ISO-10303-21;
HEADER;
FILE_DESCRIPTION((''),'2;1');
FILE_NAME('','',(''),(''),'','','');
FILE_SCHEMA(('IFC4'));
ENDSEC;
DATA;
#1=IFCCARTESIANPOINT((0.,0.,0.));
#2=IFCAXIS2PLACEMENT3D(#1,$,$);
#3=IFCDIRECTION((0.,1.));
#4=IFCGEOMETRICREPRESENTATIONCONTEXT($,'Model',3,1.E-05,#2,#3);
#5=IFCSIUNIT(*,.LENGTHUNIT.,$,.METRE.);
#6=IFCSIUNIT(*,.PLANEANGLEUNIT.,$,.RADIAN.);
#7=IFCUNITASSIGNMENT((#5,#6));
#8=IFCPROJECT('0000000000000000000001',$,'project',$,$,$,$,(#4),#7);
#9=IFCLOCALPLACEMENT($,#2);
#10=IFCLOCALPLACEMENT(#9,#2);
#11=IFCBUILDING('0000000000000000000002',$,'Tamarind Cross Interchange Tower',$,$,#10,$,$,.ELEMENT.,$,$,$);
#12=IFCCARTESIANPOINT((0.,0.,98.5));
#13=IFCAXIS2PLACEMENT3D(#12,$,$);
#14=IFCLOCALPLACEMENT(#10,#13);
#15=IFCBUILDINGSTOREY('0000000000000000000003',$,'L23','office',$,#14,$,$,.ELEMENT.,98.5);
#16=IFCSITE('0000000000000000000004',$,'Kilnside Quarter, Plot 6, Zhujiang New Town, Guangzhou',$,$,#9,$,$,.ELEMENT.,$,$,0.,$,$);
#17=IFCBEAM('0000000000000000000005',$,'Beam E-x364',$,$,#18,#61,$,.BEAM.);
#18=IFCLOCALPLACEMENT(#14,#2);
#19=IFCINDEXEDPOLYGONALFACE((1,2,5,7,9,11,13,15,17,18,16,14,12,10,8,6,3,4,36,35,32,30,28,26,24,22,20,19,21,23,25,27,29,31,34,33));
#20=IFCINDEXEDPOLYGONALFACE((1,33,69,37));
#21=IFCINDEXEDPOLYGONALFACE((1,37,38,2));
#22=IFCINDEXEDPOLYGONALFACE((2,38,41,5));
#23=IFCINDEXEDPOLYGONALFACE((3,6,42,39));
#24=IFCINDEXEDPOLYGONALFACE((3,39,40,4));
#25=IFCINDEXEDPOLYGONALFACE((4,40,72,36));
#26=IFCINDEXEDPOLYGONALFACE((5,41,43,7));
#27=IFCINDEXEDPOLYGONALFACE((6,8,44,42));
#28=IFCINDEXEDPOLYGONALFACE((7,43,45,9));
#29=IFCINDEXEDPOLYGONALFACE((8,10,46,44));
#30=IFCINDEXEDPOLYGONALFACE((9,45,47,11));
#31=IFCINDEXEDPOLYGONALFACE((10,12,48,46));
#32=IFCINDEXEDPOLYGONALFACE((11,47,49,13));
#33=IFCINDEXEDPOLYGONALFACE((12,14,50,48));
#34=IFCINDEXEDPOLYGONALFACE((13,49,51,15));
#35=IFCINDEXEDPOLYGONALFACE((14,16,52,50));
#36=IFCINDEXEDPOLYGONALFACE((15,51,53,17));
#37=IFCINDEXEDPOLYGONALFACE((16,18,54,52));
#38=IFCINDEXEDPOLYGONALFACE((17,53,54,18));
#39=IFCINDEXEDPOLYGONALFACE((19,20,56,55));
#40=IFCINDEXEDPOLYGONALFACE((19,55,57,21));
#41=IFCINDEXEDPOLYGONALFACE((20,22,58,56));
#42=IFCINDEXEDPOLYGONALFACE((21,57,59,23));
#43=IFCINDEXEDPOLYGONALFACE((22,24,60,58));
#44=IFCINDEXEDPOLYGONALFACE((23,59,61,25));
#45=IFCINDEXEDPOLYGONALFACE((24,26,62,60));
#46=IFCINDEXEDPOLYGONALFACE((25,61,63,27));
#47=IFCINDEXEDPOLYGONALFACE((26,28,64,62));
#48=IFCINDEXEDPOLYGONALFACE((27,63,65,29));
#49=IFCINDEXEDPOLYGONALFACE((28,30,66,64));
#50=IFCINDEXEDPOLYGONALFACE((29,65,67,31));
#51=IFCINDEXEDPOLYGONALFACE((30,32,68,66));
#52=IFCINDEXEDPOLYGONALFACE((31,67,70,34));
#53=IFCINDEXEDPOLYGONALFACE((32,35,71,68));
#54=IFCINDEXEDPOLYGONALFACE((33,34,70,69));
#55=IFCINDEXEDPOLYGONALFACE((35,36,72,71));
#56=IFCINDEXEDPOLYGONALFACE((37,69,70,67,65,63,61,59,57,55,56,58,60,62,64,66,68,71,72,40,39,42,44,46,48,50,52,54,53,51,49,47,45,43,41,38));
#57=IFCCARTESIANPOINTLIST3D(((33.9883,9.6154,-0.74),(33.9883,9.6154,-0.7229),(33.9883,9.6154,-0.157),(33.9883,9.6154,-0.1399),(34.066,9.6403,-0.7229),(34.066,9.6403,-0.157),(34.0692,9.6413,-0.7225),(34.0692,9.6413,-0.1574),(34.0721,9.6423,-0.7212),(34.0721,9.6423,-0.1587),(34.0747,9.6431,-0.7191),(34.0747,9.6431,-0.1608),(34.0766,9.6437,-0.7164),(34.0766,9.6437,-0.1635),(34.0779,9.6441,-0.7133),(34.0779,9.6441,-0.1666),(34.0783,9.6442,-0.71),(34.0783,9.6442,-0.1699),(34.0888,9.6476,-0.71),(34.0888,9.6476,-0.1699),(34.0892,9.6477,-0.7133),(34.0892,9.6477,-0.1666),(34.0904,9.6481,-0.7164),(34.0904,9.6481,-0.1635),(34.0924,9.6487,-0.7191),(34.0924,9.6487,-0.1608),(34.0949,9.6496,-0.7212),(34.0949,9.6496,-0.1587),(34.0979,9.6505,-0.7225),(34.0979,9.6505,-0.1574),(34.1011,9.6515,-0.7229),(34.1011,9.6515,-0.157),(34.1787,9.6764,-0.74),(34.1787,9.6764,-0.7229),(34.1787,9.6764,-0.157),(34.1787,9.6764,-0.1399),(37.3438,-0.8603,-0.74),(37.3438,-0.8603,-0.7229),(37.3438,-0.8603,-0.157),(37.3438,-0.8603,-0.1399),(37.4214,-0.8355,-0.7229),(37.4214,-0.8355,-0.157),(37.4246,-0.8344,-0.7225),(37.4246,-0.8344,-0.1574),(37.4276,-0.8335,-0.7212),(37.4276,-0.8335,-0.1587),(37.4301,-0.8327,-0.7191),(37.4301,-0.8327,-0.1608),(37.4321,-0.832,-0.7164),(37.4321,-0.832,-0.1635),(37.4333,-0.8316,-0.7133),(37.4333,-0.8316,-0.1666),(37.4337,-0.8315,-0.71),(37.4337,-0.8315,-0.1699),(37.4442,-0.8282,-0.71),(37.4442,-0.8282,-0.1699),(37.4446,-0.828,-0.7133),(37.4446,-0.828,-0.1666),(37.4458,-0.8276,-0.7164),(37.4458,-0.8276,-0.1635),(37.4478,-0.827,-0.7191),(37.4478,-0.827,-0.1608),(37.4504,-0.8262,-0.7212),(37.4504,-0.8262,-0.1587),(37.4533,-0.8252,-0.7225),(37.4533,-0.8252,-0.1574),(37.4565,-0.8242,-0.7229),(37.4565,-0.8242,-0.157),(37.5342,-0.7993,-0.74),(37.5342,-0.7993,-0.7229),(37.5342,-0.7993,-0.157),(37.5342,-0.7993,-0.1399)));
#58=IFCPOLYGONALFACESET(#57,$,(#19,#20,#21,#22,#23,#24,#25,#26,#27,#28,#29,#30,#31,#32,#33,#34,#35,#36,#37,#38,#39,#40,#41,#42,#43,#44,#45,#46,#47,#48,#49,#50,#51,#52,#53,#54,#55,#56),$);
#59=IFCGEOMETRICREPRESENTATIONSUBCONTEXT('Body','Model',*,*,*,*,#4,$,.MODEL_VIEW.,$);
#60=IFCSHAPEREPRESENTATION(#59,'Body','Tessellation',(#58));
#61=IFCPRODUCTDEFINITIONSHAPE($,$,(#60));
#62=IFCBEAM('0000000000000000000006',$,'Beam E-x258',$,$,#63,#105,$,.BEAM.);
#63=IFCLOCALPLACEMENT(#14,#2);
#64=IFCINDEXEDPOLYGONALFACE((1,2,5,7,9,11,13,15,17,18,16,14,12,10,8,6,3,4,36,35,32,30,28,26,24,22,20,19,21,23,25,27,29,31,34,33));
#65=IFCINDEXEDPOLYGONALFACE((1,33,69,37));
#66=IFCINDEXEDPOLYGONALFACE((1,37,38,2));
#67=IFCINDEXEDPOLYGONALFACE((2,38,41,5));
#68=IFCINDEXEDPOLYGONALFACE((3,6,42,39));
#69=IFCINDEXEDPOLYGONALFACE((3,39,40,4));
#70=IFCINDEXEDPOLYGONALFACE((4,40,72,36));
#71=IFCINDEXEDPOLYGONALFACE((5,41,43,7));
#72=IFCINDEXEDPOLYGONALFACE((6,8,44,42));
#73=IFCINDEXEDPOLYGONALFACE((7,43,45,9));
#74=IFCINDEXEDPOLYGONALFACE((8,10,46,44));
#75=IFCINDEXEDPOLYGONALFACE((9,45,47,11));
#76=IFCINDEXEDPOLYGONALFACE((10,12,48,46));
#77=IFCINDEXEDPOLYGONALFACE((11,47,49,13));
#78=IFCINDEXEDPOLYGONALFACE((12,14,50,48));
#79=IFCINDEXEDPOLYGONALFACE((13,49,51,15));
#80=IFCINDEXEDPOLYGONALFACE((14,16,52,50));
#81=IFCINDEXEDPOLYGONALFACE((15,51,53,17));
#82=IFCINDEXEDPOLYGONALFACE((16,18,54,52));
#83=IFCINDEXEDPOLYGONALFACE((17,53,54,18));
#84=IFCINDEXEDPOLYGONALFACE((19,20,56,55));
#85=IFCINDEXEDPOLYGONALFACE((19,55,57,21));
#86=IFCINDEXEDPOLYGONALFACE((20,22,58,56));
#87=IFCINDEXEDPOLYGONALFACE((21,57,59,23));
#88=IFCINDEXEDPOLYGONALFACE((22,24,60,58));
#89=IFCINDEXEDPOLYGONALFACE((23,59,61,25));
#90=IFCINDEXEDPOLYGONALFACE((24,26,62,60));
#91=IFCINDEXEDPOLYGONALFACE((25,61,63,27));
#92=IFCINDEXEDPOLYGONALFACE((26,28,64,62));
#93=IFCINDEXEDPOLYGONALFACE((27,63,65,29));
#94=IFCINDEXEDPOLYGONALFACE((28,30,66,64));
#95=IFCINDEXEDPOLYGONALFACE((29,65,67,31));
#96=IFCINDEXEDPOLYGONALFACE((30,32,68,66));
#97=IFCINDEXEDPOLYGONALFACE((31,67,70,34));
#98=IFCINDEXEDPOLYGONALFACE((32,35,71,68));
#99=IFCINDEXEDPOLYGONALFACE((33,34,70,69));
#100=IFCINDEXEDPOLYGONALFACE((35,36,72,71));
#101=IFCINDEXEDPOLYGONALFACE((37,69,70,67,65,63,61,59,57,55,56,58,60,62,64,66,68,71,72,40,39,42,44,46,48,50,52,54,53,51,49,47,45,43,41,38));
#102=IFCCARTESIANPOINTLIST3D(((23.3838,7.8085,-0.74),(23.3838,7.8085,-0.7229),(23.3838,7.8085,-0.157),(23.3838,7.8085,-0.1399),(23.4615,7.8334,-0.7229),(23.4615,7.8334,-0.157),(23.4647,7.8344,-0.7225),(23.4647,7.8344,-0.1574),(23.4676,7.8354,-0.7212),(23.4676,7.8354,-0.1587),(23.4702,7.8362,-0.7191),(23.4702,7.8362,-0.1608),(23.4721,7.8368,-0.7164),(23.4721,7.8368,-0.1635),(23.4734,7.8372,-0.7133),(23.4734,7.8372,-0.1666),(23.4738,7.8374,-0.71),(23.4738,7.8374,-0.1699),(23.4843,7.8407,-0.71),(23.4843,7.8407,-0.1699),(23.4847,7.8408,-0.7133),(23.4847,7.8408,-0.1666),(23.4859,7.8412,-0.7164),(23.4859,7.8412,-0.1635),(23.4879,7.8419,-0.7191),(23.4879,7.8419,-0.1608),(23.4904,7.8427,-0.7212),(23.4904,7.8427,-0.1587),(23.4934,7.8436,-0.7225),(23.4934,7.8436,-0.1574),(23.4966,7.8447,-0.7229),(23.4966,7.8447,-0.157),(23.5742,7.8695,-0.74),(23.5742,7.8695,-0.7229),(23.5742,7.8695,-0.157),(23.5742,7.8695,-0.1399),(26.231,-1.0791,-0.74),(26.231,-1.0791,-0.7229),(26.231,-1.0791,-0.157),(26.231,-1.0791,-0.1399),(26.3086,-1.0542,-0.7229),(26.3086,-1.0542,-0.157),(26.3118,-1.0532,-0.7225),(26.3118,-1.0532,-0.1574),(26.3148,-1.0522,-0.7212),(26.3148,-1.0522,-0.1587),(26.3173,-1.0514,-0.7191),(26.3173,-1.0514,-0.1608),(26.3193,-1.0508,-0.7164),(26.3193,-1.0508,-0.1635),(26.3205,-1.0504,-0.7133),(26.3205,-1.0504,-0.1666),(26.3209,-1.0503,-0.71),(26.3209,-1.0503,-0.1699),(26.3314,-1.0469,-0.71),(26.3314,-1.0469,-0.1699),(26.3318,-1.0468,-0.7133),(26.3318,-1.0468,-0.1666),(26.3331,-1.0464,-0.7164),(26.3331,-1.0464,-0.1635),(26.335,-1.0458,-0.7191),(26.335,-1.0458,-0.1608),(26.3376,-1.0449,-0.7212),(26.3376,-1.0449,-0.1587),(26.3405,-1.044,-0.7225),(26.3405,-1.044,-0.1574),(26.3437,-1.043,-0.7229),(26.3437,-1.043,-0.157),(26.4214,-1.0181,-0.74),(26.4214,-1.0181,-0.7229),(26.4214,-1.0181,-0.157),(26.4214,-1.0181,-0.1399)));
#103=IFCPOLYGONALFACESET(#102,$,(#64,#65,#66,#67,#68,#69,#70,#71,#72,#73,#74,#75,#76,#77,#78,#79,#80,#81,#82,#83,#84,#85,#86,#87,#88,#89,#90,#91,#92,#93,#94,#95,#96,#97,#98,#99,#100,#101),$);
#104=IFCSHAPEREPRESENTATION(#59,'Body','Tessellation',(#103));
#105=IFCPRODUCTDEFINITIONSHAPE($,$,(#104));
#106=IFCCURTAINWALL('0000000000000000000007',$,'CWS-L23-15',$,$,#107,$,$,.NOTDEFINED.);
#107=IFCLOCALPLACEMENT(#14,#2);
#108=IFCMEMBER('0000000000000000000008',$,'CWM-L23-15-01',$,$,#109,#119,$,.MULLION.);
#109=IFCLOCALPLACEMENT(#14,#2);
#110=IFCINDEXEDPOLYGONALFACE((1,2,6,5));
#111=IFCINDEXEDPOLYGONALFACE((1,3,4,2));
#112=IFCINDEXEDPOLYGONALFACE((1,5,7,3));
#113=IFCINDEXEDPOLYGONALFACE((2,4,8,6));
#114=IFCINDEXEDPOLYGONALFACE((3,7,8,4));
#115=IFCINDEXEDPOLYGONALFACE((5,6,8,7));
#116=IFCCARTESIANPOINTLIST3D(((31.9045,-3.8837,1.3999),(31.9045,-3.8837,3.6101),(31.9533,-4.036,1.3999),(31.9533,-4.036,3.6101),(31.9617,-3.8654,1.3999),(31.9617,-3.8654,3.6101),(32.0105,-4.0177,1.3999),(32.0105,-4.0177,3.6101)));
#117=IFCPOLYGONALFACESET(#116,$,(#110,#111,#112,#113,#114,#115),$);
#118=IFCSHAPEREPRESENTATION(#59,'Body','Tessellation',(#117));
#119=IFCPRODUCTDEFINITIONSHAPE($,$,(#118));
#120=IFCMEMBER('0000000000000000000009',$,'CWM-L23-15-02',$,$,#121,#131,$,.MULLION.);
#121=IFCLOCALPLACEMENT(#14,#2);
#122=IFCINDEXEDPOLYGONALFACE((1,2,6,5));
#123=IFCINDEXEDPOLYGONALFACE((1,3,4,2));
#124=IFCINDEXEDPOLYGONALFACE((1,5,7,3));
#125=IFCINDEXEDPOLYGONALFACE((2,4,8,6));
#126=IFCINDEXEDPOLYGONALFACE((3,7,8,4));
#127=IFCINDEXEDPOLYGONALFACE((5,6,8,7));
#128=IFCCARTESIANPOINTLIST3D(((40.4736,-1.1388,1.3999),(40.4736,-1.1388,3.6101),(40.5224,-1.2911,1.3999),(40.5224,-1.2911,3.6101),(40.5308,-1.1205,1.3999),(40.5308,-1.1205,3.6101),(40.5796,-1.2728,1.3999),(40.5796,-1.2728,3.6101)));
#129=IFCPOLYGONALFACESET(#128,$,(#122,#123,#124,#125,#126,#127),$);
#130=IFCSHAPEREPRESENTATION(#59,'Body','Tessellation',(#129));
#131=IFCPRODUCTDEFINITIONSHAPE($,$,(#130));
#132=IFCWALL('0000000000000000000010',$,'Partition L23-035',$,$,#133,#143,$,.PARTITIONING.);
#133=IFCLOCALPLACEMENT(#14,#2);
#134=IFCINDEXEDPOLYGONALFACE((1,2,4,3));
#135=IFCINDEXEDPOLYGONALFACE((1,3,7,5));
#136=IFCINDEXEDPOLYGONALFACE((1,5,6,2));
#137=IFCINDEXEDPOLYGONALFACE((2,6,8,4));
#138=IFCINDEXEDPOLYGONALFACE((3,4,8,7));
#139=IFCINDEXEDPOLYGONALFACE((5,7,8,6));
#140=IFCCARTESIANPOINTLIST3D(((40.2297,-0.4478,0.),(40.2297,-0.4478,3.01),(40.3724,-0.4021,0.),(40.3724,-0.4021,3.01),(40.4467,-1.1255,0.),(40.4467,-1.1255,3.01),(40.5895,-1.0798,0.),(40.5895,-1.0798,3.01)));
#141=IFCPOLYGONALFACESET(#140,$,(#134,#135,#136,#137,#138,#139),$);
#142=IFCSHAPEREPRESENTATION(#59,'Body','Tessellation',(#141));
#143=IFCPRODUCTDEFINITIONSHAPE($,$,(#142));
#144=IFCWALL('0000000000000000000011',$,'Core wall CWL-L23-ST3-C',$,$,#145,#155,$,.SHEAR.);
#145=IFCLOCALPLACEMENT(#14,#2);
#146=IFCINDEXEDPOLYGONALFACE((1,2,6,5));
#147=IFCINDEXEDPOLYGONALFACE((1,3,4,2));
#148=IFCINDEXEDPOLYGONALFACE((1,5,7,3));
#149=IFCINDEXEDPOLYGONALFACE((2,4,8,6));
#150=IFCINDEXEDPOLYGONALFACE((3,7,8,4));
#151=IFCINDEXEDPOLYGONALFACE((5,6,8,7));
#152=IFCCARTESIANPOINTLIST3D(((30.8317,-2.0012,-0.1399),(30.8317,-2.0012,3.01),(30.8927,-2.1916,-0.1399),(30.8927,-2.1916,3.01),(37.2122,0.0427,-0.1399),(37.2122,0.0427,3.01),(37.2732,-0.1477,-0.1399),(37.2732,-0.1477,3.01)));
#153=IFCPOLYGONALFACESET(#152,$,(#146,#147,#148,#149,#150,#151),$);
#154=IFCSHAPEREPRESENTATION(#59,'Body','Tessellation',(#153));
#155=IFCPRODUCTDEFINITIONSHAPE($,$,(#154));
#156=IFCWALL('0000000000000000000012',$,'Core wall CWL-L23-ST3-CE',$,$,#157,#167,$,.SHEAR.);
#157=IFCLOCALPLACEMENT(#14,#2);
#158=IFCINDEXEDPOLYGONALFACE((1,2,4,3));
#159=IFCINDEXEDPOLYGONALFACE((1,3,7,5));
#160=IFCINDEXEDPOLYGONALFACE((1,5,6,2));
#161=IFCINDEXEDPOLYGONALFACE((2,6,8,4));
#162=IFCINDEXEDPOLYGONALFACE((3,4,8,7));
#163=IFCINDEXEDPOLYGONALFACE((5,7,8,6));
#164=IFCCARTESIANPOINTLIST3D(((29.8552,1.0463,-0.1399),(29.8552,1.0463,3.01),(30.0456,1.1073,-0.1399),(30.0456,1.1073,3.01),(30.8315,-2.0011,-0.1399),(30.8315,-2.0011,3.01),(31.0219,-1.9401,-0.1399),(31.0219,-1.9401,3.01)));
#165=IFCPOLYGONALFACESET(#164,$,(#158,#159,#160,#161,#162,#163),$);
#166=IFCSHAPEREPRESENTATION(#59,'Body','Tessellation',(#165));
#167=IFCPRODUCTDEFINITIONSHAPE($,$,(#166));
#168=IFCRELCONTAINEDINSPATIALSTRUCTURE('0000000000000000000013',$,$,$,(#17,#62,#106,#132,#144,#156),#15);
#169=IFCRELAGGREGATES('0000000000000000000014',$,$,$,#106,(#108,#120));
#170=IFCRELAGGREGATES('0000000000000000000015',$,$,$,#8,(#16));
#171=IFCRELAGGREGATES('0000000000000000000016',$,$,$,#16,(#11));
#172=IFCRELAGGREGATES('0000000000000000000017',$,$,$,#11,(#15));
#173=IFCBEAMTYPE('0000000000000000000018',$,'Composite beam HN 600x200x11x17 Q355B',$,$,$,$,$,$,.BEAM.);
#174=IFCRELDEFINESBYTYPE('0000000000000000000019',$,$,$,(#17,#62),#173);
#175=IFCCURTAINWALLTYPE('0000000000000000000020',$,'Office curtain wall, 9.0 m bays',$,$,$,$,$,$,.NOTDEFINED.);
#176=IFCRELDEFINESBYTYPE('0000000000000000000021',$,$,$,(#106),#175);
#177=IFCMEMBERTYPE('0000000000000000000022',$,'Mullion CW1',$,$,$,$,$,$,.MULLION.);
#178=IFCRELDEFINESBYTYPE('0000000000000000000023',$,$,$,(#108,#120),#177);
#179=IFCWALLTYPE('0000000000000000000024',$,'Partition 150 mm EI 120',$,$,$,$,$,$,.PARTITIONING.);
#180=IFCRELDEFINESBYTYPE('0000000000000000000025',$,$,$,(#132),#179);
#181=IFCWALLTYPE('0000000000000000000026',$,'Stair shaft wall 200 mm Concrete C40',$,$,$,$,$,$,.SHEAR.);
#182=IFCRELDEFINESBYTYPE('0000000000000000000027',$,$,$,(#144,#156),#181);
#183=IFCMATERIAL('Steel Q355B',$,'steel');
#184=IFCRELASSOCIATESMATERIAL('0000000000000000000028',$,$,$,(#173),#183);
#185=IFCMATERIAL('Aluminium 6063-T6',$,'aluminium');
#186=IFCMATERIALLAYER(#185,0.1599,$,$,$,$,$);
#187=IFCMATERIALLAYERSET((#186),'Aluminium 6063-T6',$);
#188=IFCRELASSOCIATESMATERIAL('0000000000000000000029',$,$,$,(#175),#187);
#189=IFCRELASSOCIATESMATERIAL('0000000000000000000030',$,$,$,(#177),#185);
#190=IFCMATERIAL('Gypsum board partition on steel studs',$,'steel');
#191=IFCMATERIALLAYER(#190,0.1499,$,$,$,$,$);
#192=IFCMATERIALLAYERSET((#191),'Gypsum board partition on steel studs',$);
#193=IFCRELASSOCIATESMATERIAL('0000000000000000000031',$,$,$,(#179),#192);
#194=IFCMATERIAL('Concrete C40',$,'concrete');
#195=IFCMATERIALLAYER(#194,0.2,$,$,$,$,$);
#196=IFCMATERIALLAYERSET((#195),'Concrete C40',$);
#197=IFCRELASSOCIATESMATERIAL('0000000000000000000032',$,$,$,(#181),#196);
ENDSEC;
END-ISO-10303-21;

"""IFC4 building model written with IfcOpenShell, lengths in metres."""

from ifc_helpers import new_model, si_unit, direction, frame, frame_2d, origin, origin_2d, place, context, subcontext, project, spatial, rectangle, i_section, extrude, material, layer, layer_set, material_profile, profile_set, type_object, element, aggregate, save


model = new_model("IFC4")

# Units and contexts
model_context = context("Model", 3, precision=1e-05, world=origin(), true_north=direction((0.0, 1.0)))
body_context = subcontext(model_context, "Body", "Model", "MODEL_VIEW")
ifc_project = project(units=[si_unit("LENGTHUNIT", "METRE"), si_unit("PLANEANGLEUNIT", "RADIAN")], contexts=[model_context])

# Site, building, storey
site_placement = place(None, origin())
site = spatial("IfcSite", under=ifc_project, at=site_placement, Name="Kilnside Quarter, Plot 6, Zhujiang New Town, Guangzhou", CompositionType="ELEMENT", RefElevation=0.0)
building_placement = place(site_placement, origin())
building = spatial("IfcBuilding", under=site, at=building_placement, Name="Tamarind Cross Interchange Tower", CompositionType="ELEMENT")
storey_placement = place(building_placement, frame((0.0, 0.0, 98.5)))
storey = spatial("IfcBuildingStorey", under=building, at=storey_placement, Name="L23", Description="office", CompositionType="ELEMENT", Elevation=98.5)

# Beams
ifc_material_1 = material(Name="Steel Q355B", Category="steel")
ifc_material_profile_1 = material_profile(ifc_material_1, i_section(OverallWidth=0.2, OverallDepth=0.6001, WebThickness=0.011, FlangeThickness=0.0171, FilletRadius=0.0129, at=origin_2d()), Name="HN 600x200x11x17")
ifc_profile_set_1 = profile_set([ifc_material_profile_1], Name="Steel Q355B")
beam_type_1 = type_object("IfcBeamType", Name="Composite beam HN 600x200x11x17 Q355B", PredefinedType="BEAM", material=ifc_profile_set_1)
beam_1_placement = place(storey_placement, frame((37.439, -0.8298, -0.4399), z_axis=(-0.30504, 0.95234, 0.0), x_axis=(-0.95234, -0.30504, 0.0)))
element("IfcBeam", 1, at=beam_1_placement, inside=storey, type_object=beam_type_1, Name="Beam E-x364", PredefinedType="BEAM", context=body_context, shape_type="SweptSolid", body=[
    extrude(i_section(OverallWidth=0.2, OverallDepth=0.6001, WebThickness=0.011, FlangeThickness=0.0171, FilletRadius=0.0129, at=origin_2d()), origin(), (0.0, 0.0, 1.0), 11.0),
])
beam_2_placement = place(storey_placement, frame((26.3262, -1.0486, -0.4399), z_axis=(-0.305078, 0.952328, 0.0), x_axis=(-0.952328, -0.305078, 0.0)))
element("IfcBeam", 2, at=beam_2_placement, inside=storey, type_object=beam_type_1, Name="Beam E-x258", PredefinedType="BEAM", context=body_context, shape_type="SweptSolid", body=[
    extrude(i_section(OverallWidth=0.2, OverallDepth=0.6001, WebThickness=0.011, FlangeThickness=0.0171, FilletRadius=0.0129, at=origin_2d()), origin(), (0.0, 0.0, 1.0), 9.3325),
])

# Curtain wall, members
ifc_material_2 = material(Name="Aluminium 6063-T6", Category="aluminium")
ifc_layer_1 = layer(ifc_material_2, 0.1599)
ifc_layer_set_1 = layer_set([ifc_layer_1], Name="Aluminium 6063-T6")
curtain_wall_type = type_object("IfcCurtainWallType", Name="Office curtain wall, 9.0 m bays", PredefinedType="NOTDEFINED", material=ifc_layer_set_1)
curtain_wall_placement = place(storey_placement, origin())
curtain_wall = element("IfcCurtainWall", 3, at=curtain_wall_placement, inside=storey, type_object=curtain_wall_type, Name="CWS-L23-15", PredefinedType="NOTDEFINED")
ifc_material_profile_2 = material_profile(ifc_material_2, rectangle(XDim=0.0601, YDim=0.1599, at=origin_2d()), Name="Mullion CW1")
ifc_profile_set_2 = profile_set([ifc_material_profile_2], Name="Aluminium 6063-T6")
member_type = type_object("IfcMemberType", Name="Mullion CW1", PredefinedType="MULLION", material=ifc_profile_set_2)
member_1_placement = place(storey_placement, frame((31.9575, -3.9507, 1.3999), z_axis=(0.0, 0.0, 1.0), x_axis=(0.952334, 0.305057, 0.0)))
member_1 = element("IfcMember", 4, at=member_1_placement, type_object=member_type, Name="CWM-L23-15-01", PredefinedType="MULLION", context=body_context, shape_type="SweptSolid", body=[
    extrude(rectangle(XDim=0.0601, YDim=0.1599, at=origin_2d()), origin(), (0.0, 0.0, 1.0), 2.2102),
])
member_2_placement = place(storey_placement, frame((40.5266, -1.2058, 1.3999), z_axis=(0.0, 0.0, 1.0), x_axis=(0.952334, 0.305057, 0.0)))
member_2 = element("IfcMember", 5, at=member_2_placement, type_object=member_type, Name="CWM-L23-15-02", PredefinedType="MULLION", context=body_context, shape_type="SweptSolid", body=[
    extrude(rectangle(XDim=0.0601, YDim=0.1599, at=origin_2d()), origin(), (0.0, 0.0, 1.0), 2.2102),
])
aggregate(curtain_wall, [member_1, member_2])

# Walls
ifc_material_3 = material(Name="Gypsum board partition on steel studs", Category="steel")
ifc_layer_2 = layer(ifc_material_3, 0.1499)
ifc_layer_set_2 = layer_set([ifc_layer_2], Name="Gypsum board partition on steel studs")
wall_type_1 = type_object("IfcWallType", Name="Partition 150 mm EI 120", PredefinedType="PARTITIONING", material=ifc_layer_set_2)
wall_1_placement = place(storey_placement, frame((40.301, -0.4248, 0.0), z_axis=(0.0, 0.0, 1.0), x_axis=(0.304987, -0.952356, 0.0)))
element("IfcWall", 6, at=wall_1_placement, inside=storey, type_object=wall_type_1, Name="Partition L23-035", PredefinedType="PARTITIONING", context=body_context, shape_type="SweptSolid", body=[
    extrude(rectangle(XDim=0.7117, YDim=0.1499, at=frame_2d((0.356, 0.0))), origin(), (0.0, 0.0, 1.0), 3.01),
])
ifc_material_4 = material(Name="Concrete C40", Category="concrete")
ifc_layer_3 = layer(ifc_material_4, 0.2)
ifc_layer_set_3 = layer_set([ifc_layer_3], Name="Concrete C40")
wall_type_2 = type_object("IfcWallType", Name="Stair shaft wall 200 mm Concrete C40", PredefinedType="SHEAR", material=ifc_layer_set_3)
wall_2_placement = place(storey_placement, frame((30.8621, -2.0964, -0.1399), z_axis=(0.0, 0.0, 1.0), x_axis=(0.952331, 0.305067, 0.0)))
element("IfcWall", 7, at=wall_2_placement, inside=storey, type_object=wall_type_2, Name="Core wall CWL-L23-ST3-C", PredefinedType="SHEAR", context=body_context, shape_type="SweptSolid", body=[
    extrude(rectangle(XDim=6.7, YDim=0.2, at=frame_2d((3.3501, 0.0))), origin(), (0.0, 0.0, 1.0), 3.1499),
])
wall_3_placement = place(storey_placement, frame((30.9268, -1.9707, -0.1399), z_axis=(0.0, 0.0, 1.0), x_axis=(-0.305105, 0.952319, 0.0)))
element("IfcWall", 8, at=wall_3_placement, inside=storey, type_object=wall_type_2, Name="Core wall CWL-L23-ST3-CE", PredefinedType="SHEAR", context=body_context, shape_type="SweptSolid", body=[
    extrude(rectangle(XDim=3.2, YDim=0.2, at=frame_2d((1.6001, 0.0))), origin(), (0.0, 0.0, 1.0), 3.1499),
])

save(model, "model.ifc")
